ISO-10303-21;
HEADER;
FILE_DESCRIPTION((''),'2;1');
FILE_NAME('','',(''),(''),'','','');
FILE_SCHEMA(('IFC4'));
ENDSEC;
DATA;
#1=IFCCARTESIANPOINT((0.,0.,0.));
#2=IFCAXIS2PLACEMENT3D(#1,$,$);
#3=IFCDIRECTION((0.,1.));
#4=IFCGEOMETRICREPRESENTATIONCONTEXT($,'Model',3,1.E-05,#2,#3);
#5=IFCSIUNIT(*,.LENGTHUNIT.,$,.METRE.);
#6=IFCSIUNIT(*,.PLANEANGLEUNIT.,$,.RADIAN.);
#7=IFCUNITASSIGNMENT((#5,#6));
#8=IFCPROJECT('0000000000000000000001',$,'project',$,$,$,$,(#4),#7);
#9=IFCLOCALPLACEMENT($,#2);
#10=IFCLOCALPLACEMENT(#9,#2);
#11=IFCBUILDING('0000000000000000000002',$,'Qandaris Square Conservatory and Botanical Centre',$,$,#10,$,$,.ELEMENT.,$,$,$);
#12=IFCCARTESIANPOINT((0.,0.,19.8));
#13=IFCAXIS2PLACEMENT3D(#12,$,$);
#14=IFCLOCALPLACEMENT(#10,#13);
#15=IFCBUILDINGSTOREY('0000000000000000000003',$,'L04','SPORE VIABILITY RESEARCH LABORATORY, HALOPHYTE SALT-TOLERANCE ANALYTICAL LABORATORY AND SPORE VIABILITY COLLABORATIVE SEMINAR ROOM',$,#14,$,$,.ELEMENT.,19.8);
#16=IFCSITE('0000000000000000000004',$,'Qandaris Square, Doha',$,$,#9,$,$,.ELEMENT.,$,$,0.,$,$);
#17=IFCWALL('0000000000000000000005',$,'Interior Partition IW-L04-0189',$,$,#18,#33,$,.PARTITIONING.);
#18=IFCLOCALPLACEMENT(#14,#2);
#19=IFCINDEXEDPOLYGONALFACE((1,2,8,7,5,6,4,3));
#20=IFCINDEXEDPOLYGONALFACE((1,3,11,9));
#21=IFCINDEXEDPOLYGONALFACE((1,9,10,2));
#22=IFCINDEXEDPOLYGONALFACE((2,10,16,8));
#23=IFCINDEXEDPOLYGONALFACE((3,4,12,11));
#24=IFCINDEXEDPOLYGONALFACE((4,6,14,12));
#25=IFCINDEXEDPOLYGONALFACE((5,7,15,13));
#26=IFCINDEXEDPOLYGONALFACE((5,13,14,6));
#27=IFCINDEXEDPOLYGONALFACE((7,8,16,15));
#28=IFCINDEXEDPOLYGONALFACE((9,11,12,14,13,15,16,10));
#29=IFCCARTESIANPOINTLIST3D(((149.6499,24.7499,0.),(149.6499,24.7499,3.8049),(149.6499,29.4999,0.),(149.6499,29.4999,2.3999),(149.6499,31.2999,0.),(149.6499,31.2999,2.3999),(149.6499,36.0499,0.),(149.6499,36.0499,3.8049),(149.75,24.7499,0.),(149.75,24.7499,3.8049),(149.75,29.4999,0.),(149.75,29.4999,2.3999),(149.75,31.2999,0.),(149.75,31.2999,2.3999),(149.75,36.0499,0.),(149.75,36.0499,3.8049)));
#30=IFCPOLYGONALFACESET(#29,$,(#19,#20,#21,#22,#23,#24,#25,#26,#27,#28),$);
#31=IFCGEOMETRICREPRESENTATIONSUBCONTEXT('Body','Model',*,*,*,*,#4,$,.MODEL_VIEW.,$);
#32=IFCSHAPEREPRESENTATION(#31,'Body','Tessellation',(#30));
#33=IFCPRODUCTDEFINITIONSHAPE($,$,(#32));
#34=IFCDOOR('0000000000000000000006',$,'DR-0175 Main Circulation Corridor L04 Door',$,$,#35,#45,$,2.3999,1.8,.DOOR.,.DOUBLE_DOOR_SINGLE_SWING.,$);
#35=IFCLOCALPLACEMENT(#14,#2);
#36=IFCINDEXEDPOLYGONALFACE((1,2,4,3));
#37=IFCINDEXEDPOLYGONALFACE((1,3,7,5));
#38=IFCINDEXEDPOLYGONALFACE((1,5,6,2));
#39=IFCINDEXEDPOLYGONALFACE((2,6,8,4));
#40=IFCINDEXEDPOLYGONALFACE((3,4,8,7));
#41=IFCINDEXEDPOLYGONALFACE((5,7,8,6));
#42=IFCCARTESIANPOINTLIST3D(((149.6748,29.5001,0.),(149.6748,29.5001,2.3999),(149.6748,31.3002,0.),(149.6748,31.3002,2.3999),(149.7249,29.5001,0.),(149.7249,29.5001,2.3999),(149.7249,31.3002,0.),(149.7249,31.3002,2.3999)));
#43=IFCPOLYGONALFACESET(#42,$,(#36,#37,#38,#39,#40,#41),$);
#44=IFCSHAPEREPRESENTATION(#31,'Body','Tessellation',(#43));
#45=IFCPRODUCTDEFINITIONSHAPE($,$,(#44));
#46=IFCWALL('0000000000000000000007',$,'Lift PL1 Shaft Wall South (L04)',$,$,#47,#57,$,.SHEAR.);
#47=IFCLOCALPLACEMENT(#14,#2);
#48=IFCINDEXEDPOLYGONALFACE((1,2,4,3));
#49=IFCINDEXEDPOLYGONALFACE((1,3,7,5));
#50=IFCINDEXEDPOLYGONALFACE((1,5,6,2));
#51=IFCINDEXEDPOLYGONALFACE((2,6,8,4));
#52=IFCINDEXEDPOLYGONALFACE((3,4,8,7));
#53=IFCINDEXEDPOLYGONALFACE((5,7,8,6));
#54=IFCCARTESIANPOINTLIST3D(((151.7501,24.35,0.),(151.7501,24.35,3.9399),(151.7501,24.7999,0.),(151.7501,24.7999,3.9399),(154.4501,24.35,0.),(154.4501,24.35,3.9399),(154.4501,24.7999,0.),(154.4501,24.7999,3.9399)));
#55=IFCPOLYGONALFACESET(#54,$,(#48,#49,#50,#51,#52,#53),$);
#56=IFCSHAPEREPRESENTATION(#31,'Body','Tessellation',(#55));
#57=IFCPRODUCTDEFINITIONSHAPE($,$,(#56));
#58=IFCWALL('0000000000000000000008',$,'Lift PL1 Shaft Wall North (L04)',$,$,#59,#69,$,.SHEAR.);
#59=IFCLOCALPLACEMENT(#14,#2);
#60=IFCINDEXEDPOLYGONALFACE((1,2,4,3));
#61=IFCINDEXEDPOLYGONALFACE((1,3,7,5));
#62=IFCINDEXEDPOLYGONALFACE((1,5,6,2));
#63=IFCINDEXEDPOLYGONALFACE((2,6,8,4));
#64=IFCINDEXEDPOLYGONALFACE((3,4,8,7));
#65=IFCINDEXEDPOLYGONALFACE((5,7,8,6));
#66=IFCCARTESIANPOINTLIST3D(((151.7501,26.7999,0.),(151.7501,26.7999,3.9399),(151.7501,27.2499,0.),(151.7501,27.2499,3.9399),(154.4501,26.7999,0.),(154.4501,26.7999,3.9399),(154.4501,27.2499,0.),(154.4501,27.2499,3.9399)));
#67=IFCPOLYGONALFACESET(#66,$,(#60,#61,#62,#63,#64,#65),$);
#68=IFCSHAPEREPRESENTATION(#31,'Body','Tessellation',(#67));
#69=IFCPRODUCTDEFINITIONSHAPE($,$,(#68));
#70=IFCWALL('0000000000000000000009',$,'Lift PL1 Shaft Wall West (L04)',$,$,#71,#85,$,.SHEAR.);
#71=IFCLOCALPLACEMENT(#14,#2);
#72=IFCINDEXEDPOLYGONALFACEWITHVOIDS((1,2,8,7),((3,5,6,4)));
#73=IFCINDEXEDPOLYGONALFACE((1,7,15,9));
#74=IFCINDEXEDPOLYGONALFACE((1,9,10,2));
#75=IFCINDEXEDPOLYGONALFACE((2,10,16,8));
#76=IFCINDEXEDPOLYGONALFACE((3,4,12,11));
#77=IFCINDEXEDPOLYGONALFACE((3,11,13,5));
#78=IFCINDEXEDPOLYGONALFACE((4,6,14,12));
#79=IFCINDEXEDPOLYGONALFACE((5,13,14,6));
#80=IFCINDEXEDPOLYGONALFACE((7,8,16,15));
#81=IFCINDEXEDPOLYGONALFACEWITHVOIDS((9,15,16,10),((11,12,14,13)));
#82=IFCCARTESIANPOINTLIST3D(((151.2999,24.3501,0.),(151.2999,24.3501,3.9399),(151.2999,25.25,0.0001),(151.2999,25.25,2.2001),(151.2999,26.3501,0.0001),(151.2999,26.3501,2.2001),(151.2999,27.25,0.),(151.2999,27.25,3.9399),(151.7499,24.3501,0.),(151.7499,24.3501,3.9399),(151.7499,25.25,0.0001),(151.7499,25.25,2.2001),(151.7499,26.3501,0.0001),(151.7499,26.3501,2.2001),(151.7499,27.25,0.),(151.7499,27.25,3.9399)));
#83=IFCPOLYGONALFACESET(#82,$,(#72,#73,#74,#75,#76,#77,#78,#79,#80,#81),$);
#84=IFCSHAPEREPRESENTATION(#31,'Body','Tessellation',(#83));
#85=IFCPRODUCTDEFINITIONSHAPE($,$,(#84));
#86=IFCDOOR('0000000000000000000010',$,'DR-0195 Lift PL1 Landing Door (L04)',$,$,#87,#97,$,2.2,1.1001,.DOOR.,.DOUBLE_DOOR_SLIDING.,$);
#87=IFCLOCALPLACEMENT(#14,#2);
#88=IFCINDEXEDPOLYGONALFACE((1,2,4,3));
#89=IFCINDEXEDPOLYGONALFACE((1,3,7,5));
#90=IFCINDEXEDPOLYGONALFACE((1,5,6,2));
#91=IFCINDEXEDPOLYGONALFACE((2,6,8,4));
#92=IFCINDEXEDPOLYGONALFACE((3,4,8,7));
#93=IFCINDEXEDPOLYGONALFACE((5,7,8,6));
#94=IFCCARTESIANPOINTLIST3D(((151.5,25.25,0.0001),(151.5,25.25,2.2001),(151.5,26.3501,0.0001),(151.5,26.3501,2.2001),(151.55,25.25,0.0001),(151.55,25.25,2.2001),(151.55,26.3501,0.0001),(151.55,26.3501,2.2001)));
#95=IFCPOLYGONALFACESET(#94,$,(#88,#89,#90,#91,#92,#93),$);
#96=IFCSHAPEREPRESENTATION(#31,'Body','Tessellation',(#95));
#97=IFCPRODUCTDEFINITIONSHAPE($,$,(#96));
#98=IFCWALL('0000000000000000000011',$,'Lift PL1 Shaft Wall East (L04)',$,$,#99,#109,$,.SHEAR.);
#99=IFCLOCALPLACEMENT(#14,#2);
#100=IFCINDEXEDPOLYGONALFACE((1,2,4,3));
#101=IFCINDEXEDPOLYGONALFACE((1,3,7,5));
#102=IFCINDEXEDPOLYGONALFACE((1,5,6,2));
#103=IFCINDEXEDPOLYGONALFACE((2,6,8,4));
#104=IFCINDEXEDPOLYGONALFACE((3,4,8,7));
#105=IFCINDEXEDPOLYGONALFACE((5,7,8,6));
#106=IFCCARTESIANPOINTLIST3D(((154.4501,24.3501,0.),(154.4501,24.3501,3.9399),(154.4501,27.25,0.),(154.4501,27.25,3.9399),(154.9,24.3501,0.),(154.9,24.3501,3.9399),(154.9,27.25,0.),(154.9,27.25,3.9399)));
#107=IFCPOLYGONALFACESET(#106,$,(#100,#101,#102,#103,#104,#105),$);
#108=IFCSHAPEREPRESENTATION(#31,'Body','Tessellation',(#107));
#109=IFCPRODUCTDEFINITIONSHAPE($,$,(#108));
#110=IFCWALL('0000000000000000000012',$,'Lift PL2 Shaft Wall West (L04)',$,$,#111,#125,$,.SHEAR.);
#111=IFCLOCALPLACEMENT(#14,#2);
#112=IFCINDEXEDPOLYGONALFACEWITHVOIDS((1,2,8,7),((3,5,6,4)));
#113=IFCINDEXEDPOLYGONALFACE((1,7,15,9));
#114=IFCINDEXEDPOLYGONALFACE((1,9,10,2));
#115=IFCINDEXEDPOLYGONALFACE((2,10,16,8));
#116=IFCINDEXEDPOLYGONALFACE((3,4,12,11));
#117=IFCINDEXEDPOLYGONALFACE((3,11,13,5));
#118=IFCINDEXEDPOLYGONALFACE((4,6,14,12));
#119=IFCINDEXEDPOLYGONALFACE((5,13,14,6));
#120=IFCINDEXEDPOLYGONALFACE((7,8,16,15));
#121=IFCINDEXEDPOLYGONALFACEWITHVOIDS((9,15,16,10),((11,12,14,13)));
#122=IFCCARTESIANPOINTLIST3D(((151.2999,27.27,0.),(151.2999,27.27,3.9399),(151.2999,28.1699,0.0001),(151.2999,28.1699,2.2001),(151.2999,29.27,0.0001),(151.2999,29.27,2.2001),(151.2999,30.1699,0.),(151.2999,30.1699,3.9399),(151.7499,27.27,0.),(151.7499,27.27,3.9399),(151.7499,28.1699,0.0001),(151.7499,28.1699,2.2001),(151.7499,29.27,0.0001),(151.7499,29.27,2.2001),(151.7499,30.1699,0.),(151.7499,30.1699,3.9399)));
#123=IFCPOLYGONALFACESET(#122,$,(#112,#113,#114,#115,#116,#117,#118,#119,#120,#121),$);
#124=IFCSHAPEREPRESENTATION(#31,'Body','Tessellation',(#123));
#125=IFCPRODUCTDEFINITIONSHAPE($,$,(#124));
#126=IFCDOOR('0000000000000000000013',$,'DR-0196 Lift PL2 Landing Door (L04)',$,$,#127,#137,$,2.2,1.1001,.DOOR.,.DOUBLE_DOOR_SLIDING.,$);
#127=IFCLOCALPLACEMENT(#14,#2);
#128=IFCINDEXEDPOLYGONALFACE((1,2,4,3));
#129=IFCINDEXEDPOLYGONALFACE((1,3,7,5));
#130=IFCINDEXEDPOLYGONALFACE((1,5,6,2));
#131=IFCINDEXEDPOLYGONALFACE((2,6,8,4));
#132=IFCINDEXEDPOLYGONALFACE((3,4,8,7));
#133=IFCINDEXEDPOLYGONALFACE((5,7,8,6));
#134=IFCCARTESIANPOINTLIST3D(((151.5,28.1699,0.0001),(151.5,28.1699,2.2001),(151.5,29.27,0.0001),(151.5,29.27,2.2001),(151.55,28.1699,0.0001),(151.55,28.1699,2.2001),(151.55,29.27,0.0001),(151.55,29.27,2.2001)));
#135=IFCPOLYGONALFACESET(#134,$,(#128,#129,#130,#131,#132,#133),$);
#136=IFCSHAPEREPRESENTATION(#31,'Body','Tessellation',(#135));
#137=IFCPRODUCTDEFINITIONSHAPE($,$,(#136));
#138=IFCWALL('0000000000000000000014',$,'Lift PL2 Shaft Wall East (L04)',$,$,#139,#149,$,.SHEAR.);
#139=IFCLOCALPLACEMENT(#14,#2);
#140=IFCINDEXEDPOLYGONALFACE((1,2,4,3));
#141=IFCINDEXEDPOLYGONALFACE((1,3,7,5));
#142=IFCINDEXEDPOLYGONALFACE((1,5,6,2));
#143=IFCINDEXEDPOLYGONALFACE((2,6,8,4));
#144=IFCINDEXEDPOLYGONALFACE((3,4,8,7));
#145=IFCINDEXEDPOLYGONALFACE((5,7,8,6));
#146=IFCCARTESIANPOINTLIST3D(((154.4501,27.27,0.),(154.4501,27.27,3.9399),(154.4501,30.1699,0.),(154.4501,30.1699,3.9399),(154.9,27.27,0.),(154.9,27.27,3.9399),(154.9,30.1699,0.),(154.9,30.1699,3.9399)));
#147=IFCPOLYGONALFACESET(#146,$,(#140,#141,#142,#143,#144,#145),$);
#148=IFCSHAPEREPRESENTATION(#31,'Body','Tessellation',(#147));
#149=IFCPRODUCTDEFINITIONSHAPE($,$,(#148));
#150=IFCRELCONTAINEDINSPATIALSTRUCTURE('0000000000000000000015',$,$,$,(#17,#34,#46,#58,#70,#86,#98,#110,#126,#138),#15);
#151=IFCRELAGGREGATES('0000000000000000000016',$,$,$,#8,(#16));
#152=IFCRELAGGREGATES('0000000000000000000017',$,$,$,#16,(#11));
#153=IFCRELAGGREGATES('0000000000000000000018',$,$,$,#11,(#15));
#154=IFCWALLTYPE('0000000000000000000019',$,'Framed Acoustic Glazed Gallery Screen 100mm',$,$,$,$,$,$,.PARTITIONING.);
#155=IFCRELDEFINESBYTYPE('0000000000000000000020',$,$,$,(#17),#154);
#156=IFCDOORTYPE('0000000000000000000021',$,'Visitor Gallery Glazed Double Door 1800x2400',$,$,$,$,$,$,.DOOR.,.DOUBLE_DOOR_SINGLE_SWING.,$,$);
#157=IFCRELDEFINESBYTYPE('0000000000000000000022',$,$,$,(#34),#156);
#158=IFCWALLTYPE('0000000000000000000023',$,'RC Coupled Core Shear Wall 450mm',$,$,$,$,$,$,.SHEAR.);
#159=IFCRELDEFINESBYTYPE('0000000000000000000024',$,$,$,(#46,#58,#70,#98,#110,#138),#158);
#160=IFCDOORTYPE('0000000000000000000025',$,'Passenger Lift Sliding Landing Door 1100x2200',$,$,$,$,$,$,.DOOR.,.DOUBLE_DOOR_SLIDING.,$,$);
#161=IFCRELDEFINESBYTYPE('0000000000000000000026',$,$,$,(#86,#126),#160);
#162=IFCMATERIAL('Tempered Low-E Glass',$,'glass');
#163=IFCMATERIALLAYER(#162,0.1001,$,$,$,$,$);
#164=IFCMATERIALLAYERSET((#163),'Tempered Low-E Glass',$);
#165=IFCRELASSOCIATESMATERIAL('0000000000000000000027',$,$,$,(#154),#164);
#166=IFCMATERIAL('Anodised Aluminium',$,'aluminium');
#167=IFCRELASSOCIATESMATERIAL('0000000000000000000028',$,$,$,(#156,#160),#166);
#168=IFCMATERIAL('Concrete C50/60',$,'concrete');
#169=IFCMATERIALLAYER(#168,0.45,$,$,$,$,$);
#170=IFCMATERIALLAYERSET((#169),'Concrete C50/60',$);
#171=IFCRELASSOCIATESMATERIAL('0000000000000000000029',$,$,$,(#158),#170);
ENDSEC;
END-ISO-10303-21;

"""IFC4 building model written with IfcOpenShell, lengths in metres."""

from ifc_helpers import new_model, si_unit, direction, frame, frame_2d, origin, place, context, subcontext, project, spatial, rectangle, extrude, material, layer, layer_set, type_object, element, fill, save


model = new_model("IFC4")

# Units and contexts
model_context = context("Model", 3, precision=1e-05, world=origin(), true_north=direction((0.0, 1.0)))
body_context = subcontext(model_context, "Body", "Model", "MODEL_VIEW")
ifc_project = project(units=[si_unit("LENGTHUNIT", "METRE"), si_unit("PLANEANGLEUNIT", "RADIAN")], contexts=[model_context])

# Site, building, storey
site_placement = place(None, origin())
site = spatial("IfcSite", under=ifc_project, at=site_placement, Name="Qandaris Square, Doha", CompositionType="ELEMENT", RefElevation=0.0)
building_placement = place(site_placement, origin())
building = spatial("IfcBuilding", under=site, at=building_placement, Name="Qandaris Square Conservatory and Botanical Centre", CompositionType="ELEMENT")
storey_placement = place(building_placement, frame((0.0, 0.0, 19.8)))
storey = spatial("IfcBuildingStorey", under=building, at=storey_placement, Name="L04", Description="SPORE VIABILITY RESEARCH LABORATORY, HALOPHYTE SALT-TOLERANCE ANALYTICAL LABORATORY AND SPORE VIABILITY COLLABORATIVE SEMINAR ROOM", CompositionType="ELEMENT", Elevation=19.8)

# Shared definitions
ifc_material_1 = material(Name="Concrete C50/60", Category="concrete")

# Shared definitions
ifc_material_2 = material(Name="Tempered Low-E Glass", Category="glass")

# Wall, opening, door
ifc_layer_1 = layer(ifc_material_2, 0.1001)
ifc_layer_set_1 = layer_set([ifc_layer_1], Name="Tempered Low-E Glass")
wall_type_1 = type_object("IfcWallType", Name="Framed Acoustic Glazed Gallery Screen 100mm", PredefinedType="PARTITIONING", material=ifc_layer_set_1)
wall_1_placement = place(storey_placement, frame((149.7, 24.75, 0.0), z_axis=(0.0, 0.0, 1.0), x_axis=(0.0, 1.0, 0.0)))
wall_1 = element("IfcWall", 1, at=wall_1_placement, inside=storey, type_object=wall_type_1, Name="Interior Partition IW-L04-0189", PredefinedType="PARTITIONING", context=body_context, shape_type="SweptSolid", body=[
    extrude(rectangle(XDim=11.3, YDim=0.1001, at=frame_2d((5.6499, 0.0))), origin(), (0.0, 0.0, 1.0), 3.8049),
])
opening_1_placement = place(wall_1_placement, frame((4.75, 0.0, 0.0)))
opening_1 = element("IfcOpeningElement", 2, at=opening_1_placement, cuts=wall_1, PredefinedType="OPENING", context=body_context, shape_type="SweptSolid", body=[
    extrude(rectangle(XDim=1.8, YDim=2.3999, at=frame_2d((0.8999, 1.2))), frame((0.0, 0.062, 0.0), z_axis=(0.0, -1.0, 0.0), x_axis=(1.0, 0.0, 0.0)), (0.0, 0.0, 1.0), 0.124),
])
ifc_material_3 = material(Name="Anodised Aluminium", Category="aluminium")
door_type_1 = type_object("IfcDoorType", Name="Visitor Gallery Glazed Double Door 1800x2400", OperationType="DOUBLE_DOOR_SINGLE_SWING", PredefinedType="DOOR", material=ifc_material_3)
door_1_placement = place(opening_1_placement, frame((1.8, 0.0, 0.0), z_axis=(0.0, 0.0, 1.0), x_axis=(-1.0, 0.0, 0.0)))
door_1 = element("IfcDoor", 3, at=door_1_placement, inside=storey, type_object=door_type_1, Name="DR-0175 Main Circulation Corridor L04 Door", OperationType="DOUBLE_DOOR_SINGLE_SWING", OverallHeight=2.3999, OverallWidth=1.8, PredefinedType="DOOR", context=body_context, shape_type="SweptSolid", body=[
    extrude(rectangle(XDim=1.8, YDim=2.3999, at=frame_2d((0.8999, 1.2))), frame((0.0, 0.0249, 0.0), z_axis=(0.0, -1.0, 0.0), x_axis=(1.0, 0.0, 0.0)), (0.0, 0.0, 1.0), 0.05),
])
fill(opening_1, door_1)

# Walls
ifc_layer_2 = layer(ifc_material_1, 0.45)
ifc_layer_set_2 = layer_set([ifc_layer_2], Name="Concrete C50/60")
wall_type_2 = type_object("IfcWallType", Name="RC Coupled Core Shear Wall 450mm", PredefinedType="SHEAR", material=ifc_layer_set_2)
for number, where, z_axis, x_axis, name in (
    (4, (151.75, 24.575, 0.0), (0.0, 0.0, 1.0), (1.0, 0.0, 0.0), "Lift PL1 Shaft Wall South (L04)"),
    (5, (151.75, 27.0249, 0.0), (0.0, 0.0, 1.0), (1.0, 0.0, 0.0), "Lift PL1 Shaft Wall North (L04)"),
):
    element("IfcWall", number, at=place(storey_placement, frame(where, z_axis=z_axis, x_axis=x_axis)), inside=storey, type_object=wall_type_2, Name=name, PredefinedType="SHEAR", context=body_context, shape_type="SweptSolid", body=[
        extrude(rectangle(XDim=2.7, YDim=0.45, at=frame_2d((1.3501, 0.0))), origin(), (0.0, 0.0, 1.0), 3.9399),
    ])

# Wall, opening, door
wall_2_placement = place(storey_placement, frame((151.5249, 24.3501, 0.0), z_axis=(0.0, 0.0, 1.0), x_axis=(0.0, 1.0, 0.0)))
wall_2 = element("IfcWall", 6, at=wall_2_placement, inside=storey, type_object=wall_type_2, Name="Lift PL1 Shaft Wall West (L04)", PredefinedType="SHEAR", context=body_context, shape_type="SweptSolid", body=[
    extrude(rectangle(XDim=2.8999, YDim=0.45, at=frame_2d((1.45, 0.0))), origin(), (0.0, 0.0, 1.0), 3.9399),
])
opening_2_placement = place(wall_2_placement, frame((0.8999, 0.0, 0.0)))
opening_2 = element("IfcOpeningElement", 7, at=opening_2_placement, cuts=wall_2, PredefinedType="OPENING", context=body_context, shape_type="SweptSolid", body=[
    extrude(rectangle(XDim=1.1001, YDim=2.2, at=frame_2d((0.55, 1.1001))), frame((0.0, 0.2368, 0.0), z_axis=(0.0, -1.0, 0.0), x_axis=(1.0, 0.0, 0.0)), (0.0, 0.0, 1.0), 0.4739),
])
door_type_2 = type_object("IfcDoorType", Name="Passenger Lift Sliding Landing Door 1100x2200", OperationType="DOUBLE_DOOR_SLIDING", PredefinedType="DOOR", material=ifc_material_3)
door_2_placement = place(opening_2_placement, origin())
door_2 = element("IfcDoor", 8, at=door_2_placement, inside=storey, type_object=door_type_2, Name="DR-0195 Lift PL1 Landing Door (L04)", OperationType="DOUBLE_DOOR_SLIDING", OverallHeight=2.2, OverallWidth=1.1001, PredefinedType="DOOR", context=body_context, shape_type="SweptSolid", body=[
    extrude(rectangle(XDim=1.1001, YDim=2.2, at=frame_2d((0.55, 1.1001))), frame((0.0, 0.0249, 0.0), z_axis=(0.0, -1.0, 0.0), x_axis=(1.0, 0.0, 0.0)), (0.0, 0.0, 1.0), 0.05),
])
fill(opening_2, door_2)

# Wall
wall_3_placement = place(storey_placement, frame((154.675, 24.3501, 0.0), z_axis=(0.0, 0.0, 1.0), x_axis=(0.0, 1.0, 0.0)))
element("IfcWall", 9, at=wall_3_placement, inside=storey, type_object=wall_type_2, Name="Lift PL1 Shaft Wall East (L04)", PredefinedType="SHEAR", context=body_context, shape_type="SweptSolid", body=[
    extrude(rectangle(XDim=2.8999, YDim=0.45, at=frame_2d((1.45, 0.0))), origin(), (0.0, 0.0, 1.0), 3.9399),
])

# Wall, opening, door
wall_4_placement = place(storey_placement, frame((151.5249, 27.27, 0.0), z_axis=(0.0, 0.0, 1.0), x_axis=(0.0, 1.0, 0.0)))
wall_4 = element("IfcWall", 10, at=wall_4_placement, inside=storey, type_object=wall_type_2, Name="Lift PL2 Shaft Wall West (L04)", PredefinedType="SHEAR", context=body_context, shape_type="SweptSolid", body=[
    extrude(rectangle(XDim=2.8999, YDim=0.45, at=frame_2d((1.45, 0.0))), origin(), (0.0, 0.0, 1.0), 3.9399),
])
opening_3_placement = place(wall_4_placement, frame((0.8999, 0.0, 0.0)))
opening_3 = element("IfcOpeningElement", 11, at=opening_3_placement, cuts=wall_4, PredefinedType="OPENING", context=body_context, shape_type="SweptSolid", body=[
    extrude(rectangle(XDim=1.1001, YDim=2.2, at=frame_2d((0.55, 1.1001))), frame((0.0, 0.2368, 0.0), z_axis=(0.0, -1.0, 0.0), x_axis=(1.0, 0.0, 0.0)), (0.0, 0.0, 1.0), 0.4739),
])
door_3_placement = place(opening_3_placement, origin())
door_3 = element("IfcDoor", 12, at=door_3_placement, inside=storey, type_object=door_type_2, Name="DR-0196 Lift PL2 Landing Door (L04)", OperationType="DOUBLE_DOOR_SLIDING", OverallHeight=2.2, OverallWidth=1.1001, PredefinedType="DOOR", context=body_context, shape_type="SweptSolid", body=[
    extrude(rectangle(XDim=1.1001, YDim=2.2, at=frame_2d((0.55, 1.1001))), frame((0.0, 0.0249, 0.0), z_axis=(0.0, -1.0, 0.0), x_axis=(1.0, 0.0, 0.0)), (0.0, 0.0, 1.0), 0.05),
])
fill(opening_3, door_3)

# Wall
wall_5_placement = place(storey_placement, frame((154.675, 27.27, 0.0), z_axis=(0.0, 0.0, 1.0), x_axis=(0.0, 1.0, 0.0)))
element("IfcWall", 13, at=wall_5_placement, inside=storey, type_object=wall_type_2, Name="Lift PL2 Shaft Wall East (L04)", PredefinedType="SHEAR", context=body_context, shape_type="SweptSolid", body=[
    extrude(rectangle(XDim=2.8999, YDim=0.45, at=frame_2d((1.45, 0.0))), origin(), (0.0, 0.0, 1.0), 3.9399),
])

save(model, "model.ifc")
